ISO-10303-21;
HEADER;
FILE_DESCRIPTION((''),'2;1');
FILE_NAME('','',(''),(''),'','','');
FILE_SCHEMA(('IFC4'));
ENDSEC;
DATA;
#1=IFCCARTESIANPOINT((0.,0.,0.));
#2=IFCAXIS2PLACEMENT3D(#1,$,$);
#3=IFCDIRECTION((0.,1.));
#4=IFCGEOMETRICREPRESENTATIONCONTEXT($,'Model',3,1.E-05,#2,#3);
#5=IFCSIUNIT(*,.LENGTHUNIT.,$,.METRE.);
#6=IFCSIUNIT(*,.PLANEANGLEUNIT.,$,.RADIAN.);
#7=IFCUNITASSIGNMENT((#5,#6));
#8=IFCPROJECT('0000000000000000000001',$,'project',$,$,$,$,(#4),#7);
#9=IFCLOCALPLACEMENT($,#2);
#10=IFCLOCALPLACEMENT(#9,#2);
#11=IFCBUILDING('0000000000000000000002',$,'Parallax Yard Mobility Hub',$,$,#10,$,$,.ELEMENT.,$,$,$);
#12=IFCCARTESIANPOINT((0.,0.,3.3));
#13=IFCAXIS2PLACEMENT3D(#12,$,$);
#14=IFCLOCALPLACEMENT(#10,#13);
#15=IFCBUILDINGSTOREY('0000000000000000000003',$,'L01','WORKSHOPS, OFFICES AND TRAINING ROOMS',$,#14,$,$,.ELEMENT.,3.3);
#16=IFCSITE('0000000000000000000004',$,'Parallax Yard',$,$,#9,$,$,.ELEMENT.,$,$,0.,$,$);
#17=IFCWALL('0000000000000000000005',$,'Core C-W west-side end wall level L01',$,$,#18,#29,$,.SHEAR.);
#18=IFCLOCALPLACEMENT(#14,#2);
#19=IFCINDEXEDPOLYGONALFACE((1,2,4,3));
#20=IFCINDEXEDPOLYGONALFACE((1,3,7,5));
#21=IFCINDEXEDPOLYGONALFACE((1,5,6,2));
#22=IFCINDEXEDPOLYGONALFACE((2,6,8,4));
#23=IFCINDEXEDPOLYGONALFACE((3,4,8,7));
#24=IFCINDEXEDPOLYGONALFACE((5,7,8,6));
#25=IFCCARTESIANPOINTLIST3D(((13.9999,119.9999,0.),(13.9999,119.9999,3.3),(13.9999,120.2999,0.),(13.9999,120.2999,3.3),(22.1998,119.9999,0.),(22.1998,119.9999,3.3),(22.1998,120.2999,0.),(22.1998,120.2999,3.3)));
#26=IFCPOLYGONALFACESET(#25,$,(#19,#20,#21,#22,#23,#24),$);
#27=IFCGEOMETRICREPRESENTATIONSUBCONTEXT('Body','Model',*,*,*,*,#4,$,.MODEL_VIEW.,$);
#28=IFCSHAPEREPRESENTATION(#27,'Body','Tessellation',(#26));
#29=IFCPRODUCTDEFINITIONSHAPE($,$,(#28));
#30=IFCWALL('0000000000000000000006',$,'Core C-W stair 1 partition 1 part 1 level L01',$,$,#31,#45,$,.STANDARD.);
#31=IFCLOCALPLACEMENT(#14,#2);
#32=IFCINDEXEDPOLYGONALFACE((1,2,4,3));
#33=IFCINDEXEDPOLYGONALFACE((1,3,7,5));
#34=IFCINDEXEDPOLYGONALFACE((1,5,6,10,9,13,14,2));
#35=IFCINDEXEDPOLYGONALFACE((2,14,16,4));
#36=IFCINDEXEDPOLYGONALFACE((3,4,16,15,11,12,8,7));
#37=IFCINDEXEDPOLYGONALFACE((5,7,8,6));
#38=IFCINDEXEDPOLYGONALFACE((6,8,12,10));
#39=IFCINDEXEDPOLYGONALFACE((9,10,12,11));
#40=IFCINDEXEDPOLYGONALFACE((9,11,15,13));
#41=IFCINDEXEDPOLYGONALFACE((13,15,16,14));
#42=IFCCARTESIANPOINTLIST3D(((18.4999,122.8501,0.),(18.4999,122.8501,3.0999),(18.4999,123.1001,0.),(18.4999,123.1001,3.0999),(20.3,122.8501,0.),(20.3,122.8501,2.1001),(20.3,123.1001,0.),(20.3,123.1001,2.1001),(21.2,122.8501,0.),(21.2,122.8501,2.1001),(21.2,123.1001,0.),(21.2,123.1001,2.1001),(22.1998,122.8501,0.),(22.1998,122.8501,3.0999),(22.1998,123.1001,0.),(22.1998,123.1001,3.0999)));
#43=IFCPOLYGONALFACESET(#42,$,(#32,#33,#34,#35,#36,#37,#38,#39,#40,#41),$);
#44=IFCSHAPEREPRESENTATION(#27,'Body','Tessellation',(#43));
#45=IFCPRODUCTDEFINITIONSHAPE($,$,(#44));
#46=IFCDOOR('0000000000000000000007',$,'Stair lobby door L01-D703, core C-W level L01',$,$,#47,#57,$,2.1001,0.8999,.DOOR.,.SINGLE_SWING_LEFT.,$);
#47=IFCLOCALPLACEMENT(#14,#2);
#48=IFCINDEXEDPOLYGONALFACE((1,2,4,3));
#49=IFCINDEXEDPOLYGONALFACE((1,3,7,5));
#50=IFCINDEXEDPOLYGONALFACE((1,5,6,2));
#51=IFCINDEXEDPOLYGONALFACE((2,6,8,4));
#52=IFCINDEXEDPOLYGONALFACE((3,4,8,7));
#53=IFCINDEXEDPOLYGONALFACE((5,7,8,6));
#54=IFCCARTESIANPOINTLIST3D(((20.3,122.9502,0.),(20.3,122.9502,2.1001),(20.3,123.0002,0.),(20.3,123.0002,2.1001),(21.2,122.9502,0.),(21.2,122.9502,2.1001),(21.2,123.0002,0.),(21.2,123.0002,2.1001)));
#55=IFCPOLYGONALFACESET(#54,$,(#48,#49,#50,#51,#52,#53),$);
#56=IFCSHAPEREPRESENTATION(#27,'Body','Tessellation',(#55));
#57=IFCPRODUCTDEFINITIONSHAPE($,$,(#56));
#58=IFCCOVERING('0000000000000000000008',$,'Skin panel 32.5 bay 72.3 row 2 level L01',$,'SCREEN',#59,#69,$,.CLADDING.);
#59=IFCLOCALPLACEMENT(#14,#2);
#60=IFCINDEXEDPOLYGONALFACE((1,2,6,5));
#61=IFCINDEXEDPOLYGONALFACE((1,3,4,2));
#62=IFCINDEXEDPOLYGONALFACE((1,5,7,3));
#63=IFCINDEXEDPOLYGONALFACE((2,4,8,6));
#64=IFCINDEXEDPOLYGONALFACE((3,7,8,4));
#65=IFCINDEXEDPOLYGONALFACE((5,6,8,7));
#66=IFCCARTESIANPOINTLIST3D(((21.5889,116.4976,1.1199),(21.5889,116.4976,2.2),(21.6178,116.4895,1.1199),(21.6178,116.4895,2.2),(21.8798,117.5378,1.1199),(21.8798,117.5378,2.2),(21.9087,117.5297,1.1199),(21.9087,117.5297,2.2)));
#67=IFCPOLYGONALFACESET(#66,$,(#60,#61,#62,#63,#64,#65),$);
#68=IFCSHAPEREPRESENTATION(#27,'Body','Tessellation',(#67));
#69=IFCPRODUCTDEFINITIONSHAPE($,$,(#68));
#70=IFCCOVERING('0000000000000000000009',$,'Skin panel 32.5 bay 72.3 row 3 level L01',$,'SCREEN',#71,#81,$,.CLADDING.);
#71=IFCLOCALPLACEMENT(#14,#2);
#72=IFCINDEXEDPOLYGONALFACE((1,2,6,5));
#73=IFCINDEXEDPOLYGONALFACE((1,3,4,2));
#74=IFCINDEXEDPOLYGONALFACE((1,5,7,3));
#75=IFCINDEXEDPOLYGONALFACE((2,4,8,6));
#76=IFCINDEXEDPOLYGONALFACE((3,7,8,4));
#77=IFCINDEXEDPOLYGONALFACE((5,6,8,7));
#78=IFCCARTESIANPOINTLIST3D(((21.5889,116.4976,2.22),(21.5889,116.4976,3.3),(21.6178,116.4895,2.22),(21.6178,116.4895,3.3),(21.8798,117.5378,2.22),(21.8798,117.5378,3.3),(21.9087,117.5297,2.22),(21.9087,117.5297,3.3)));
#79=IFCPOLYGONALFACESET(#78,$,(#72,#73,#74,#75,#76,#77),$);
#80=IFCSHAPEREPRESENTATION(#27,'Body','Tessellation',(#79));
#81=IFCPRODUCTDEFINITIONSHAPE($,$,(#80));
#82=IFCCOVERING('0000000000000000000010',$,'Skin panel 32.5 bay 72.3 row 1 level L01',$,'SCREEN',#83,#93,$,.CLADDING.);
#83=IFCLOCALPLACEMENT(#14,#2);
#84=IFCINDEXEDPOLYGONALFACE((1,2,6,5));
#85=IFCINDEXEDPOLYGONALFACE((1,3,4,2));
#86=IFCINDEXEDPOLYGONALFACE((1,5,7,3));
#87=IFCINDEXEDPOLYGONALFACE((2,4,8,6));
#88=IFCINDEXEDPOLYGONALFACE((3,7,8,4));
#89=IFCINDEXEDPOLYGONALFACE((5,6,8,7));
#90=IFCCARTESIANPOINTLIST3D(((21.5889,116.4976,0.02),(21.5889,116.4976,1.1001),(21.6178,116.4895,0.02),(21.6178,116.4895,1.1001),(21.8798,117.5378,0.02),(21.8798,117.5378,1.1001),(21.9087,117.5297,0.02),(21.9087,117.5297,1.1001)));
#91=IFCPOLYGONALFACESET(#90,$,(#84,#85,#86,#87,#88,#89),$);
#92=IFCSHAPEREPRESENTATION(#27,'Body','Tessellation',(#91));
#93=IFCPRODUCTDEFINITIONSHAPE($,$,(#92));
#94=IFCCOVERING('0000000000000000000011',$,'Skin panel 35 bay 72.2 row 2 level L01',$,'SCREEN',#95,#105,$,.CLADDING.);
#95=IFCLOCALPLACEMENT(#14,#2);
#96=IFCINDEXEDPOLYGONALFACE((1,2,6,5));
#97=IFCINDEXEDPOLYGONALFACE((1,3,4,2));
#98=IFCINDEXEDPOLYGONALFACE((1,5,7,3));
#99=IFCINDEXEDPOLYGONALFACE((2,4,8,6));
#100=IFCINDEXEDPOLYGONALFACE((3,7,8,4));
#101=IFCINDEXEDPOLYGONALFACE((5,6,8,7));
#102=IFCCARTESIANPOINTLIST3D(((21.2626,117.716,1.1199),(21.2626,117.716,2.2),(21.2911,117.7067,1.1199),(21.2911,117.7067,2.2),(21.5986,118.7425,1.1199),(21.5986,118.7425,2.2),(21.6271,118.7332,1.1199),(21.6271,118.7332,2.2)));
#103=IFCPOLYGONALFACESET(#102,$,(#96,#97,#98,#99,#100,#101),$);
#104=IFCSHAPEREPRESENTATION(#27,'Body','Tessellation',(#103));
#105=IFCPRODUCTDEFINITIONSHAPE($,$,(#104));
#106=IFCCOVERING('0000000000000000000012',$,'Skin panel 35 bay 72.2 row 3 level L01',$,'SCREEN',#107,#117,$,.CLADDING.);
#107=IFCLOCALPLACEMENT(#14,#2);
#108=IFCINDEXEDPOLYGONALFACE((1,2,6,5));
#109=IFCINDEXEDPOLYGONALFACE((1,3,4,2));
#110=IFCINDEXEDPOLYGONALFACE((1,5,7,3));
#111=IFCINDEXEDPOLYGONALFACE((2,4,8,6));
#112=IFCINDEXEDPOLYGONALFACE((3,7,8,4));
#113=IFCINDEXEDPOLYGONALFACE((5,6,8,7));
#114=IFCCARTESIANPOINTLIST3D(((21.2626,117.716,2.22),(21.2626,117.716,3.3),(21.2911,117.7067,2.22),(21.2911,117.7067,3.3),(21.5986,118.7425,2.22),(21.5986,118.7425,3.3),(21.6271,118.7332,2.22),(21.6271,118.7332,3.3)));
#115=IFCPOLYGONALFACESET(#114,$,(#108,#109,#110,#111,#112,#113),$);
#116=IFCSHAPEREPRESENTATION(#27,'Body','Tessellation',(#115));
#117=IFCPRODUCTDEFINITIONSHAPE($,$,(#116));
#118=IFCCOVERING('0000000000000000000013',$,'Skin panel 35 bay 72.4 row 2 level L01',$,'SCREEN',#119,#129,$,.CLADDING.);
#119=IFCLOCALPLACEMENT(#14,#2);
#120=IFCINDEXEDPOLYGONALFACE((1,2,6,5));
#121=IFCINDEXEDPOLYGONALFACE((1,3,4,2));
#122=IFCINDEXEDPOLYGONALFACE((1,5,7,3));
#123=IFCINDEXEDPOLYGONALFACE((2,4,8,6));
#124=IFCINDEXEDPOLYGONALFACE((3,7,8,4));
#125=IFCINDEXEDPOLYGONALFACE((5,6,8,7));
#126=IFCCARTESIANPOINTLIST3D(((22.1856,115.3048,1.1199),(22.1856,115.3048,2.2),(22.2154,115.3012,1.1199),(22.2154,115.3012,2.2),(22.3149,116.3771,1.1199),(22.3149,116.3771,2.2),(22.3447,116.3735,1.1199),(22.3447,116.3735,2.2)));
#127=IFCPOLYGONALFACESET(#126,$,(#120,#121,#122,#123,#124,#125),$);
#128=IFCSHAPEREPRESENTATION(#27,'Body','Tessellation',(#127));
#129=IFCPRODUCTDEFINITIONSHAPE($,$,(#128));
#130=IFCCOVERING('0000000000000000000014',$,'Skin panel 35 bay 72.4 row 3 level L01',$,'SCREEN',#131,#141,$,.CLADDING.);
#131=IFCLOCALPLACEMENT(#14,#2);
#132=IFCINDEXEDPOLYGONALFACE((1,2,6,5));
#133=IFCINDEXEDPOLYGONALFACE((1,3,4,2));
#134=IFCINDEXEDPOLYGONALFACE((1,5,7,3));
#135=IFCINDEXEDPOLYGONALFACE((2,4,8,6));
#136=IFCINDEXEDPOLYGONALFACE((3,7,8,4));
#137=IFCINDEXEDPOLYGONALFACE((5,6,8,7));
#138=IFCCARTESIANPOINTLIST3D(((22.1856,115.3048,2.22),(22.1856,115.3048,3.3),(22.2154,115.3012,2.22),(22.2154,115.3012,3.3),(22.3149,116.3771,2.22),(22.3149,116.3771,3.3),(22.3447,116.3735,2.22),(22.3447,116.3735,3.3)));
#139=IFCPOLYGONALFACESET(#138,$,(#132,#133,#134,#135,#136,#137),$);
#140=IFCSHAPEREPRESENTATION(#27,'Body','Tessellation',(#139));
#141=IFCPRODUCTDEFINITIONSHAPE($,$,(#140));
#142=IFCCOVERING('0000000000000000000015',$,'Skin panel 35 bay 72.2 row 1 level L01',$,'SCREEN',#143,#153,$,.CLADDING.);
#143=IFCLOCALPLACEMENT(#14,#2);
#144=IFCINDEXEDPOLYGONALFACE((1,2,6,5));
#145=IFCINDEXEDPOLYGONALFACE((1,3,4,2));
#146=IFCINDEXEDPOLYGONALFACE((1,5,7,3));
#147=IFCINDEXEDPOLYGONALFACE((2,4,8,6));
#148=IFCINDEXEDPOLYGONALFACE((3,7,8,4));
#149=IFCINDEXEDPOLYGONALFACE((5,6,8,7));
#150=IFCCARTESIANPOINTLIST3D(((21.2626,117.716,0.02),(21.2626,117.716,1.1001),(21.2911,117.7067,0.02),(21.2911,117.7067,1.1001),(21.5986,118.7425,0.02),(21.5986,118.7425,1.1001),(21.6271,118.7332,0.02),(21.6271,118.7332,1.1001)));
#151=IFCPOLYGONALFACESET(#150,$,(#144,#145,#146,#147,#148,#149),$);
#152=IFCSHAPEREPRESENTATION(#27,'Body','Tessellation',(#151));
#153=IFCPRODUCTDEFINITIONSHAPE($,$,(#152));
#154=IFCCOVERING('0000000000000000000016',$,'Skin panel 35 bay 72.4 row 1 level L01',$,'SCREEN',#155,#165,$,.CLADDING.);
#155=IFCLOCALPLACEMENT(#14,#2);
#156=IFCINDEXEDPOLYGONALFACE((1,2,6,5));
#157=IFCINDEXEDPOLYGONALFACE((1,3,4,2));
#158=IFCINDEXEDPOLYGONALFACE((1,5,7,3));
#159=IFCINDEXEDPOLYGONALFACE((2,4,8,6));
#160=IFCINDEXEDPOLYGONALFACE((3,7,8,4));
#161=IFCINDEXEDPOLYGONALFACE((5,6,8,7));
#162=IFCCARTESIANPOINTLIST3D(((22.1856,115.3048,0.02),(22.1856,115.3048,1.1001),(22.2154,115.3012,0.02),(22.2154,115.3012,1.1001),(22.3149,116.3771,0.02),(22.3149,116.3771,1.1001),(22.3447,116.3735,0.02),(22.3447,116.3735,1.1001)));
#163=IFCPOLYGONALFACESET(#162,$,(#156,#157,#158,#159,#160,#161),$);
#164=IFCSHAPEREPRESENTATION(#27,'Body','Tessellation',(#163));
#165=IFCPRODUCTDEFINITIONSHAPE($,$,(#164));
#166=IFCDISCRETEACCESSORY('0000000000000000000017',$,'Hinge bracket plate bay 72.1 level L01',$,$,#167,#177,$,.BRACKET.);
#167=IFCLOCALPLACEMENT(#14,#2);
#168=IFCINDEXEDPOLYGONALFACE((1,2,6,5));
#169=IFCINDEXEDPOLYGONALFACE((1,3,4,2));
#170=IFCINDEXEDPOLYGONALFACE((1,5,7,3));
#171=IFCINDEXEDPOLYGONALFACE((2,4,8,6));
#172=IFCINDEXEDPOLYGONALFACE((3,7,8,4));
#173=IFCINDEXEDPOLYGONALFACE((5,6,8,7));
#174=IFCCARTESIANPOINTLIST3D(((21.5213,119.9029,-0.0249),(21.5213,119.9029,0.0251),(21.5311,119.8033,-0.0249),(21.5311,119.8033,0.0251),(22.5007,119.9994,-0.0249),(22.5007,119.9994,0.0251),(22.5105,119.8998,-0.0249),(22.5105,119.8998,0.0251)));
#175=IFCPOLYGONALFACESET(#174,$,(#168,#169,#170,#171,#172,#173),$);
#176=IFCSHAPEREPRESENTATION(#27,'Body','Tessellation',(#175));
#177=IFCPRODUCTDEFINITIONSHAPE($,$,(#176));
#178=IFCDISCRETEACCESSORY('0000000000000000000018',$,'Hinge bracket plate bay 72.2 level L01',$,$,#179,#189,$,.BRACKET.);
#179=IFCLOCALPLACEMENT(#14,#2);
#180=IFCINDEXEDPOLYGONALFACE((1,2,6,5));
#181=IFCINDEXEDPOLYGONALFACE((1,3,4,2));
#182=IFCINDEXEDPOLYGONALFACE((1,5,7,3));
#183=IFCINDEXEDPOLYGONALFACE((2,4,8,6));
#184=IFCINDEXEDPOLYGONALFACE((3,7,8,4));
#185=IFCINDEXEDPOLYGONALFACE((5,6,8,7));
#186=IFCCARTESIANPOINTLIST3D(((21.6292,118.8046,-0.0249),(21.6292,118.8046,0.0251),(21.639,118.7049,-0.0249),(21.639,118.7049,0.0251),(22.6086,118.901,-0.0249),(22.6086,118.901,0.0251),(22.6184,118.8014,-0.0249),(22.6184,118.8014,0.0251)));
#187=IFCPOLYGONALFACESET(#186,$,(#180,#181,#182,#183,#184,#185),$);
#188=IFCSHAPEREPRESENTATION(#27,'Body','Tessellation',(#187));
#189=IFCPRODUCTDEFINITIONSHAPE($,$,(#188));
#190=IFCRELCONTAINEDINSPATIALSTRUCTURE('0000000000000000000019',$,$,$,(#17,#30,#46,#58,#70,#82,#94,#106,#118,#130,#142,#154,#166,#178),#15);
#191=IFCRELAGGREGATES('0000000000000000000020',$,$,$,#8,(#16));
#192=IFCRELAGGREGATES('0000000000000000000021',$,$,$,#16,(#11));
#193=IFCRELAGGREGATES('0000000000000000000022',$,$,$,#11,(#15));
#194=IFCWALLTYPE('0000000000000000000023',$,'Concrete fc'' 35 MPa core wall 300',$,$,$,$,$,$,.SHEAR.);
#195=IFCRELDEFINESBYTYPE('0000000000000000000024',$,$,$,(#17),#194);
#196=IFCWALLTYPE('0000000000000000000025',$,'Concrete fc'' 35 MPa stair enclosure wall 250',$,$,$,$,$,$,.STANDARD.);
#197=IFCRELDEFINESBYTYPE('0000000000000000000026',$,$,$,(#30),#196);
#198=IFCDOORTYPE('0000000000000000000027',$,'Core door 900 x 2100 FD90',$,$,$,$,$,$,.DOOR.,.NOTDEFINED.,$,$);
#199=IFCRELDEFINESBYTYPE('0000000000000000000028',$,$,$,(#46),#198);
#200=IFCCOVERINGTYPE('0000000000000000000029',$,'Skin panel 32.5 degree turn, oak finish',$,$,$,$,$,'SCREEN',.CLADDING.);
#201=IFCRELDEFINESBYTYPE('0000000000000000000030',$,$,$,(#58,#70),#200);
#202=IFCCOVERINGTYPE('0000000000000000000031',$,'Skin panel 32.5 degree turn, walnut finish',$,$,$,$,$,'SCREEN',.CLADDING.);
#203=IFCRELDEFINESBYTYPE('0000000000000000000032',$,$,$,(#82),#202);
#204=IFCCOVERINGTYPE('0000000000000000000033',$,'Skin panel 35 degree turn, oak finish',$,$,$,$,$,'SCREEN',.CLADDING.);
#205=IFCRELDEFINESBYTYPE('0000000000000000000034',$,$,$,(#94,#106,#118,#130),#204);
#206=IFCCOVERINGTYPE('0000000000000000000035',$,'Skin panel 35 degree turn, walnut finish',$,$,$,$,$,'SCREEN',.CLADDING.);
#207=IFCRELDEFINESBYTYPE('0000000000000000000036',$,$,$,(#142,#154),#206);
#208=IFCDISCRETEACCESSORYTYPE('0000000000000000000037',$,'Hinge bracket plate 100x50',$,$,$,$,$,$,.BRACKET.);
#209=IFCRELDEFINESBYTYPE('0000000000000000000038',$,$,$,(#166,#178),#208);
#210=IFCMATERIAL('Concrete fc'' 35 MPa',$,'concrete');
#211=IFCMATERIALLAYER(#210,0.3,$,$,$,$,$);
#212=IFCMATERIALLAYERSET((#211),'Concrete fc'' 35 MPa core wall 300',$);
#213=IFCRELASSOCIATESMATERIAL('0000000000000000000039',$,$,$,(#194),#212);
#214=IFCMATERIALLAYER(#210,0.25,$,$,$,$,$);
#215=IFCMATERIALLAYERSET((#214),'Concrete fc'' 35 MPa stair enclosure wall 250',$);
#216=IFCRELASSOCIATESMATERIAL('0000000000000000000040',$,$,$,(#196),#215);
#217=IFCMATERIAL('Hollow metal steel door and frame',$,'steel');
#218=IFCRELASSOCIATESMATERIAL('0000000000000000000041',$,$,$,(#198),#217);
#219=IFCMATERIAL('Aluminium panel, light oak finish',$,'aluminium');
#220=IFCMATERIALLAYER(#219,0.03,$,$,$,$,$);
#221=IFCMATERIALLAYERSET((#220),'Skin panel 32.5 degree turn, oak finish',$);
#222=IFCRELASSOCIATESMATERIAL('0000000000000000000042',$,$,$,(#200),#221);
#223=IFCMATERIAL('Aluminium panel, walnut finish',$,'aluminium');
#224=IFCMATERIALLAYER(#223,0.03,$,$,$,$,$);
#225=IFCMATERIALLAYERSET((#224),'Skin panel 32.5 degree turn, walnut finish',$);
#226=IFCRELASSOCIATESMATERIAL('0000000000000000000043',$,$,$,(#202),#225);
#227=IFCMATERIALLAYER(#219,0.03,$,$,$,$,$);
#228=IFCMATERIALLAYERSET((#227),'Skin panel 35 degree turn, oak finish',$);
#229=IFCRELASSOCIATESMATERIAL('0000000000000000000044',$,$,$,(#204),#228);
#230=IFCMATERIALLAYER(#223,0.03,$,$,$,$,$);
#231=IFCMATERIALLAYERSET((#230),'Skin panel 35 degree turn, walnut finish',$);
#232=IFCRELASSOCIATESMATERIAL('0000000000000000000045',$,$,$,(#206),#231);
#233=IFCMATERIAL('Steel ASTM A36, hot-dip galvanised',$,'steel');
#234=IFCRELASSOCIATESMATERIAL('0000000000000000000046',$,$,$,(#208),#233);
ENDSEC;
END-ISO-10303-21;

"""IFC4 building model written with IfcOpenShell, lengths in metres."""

from ifc_helpers import new_model, si_unit, direction, frame, frame_2d, origin, origin_2d, place, context, subcontext, project, spatial, rectangle, extrude, material, layer, layer_set, type_object, element, fill, save


model = new_model("IFC4")

# Units and contexts
model_context = context("Model", 3, precision=1e-05, world=origin(), true_north=direction((0.0, 1.0)))
body_context = subcontext(model_context, "Body", "Model", "MODEL_VIEW")
ifc_project = project(units=[si_unit("LENGTHUNIT", "METRE"), si_unit("PLANEANGLEUNIT", "RADIAN")], contexts=[model_context])

# Site, building, storey
site_placement = place(None, origin())
site = spatial("IfcSite", under=ifc_project, at=site_placement, Name="Parallax Yard", CompositionType="ELEMENT", RefElevation=0.0)
building_placement = place(site_placement, origin())
building = spatial("IfcBuilding", under=site, at=building_placement, Name="Parallax Yard Mobility Hub", CompositionType="ELEMENT")
storey_placement = place(building_placement, frame((0.0, 0.0, 3.3)))
storey = spatial("IfcBuildingStorey", under=building, at=storey_placement, Name="L01", Description="WORKSHOPS, OFFICES AND TRAINING ROOMS", CompositionType="ELEMENT", Elevation=3.3)

# Wall
ifc_material_1 = material(Name="Concrete fc' 35 MPa", Category="concrete")
ifc_layer_1 = layer(ifc_material_1, 0.3)
ifc_layer_set_1 = layer_set([ifc_layer_1], Name="Concrete fc' 35 MPa core wall 300")
wall_type_1 = type_object("IfcWallType", Name="Concrete fc' 35 MPa core wall 300", PredefinedType="SHEAR", material=ifc_layer_set_1)
wall_1_placement = place(storey_placement, frame((22.2, 120.1499, 0.0), z_axis=(0.0, 0.0, 1.0), x_axis=(-1.0, 0.0, 0.0)))
element("IfcWall", 1, at=wall_1_placement, inside=storey, type_object=wall_type_1, Name="Core C-W west-side end wall level L01", PredefinedType="SHEAR", context=body_context, shape_type="SweptSolid", body=[
    extrude(rectangle(XDim=8.2, YDim=0.3, at=frame_2d((4.1001, 0.0))), origin(), (0.0, 0.0, 1.0), 3.3),
])

# Wall, opening, door
ifc_layer_2 = layer(ifc_material_1, 0.25)
ifc_layer_set_2 = layer_set([ifc_layer_2], Name="Concrete fc' 35 MPa stair enclosure wall 250")
wall_type_2 = type_object("IfcWallType", Name="Concrete fc' 35 MPa stair enclosure wall 250", PredefinedType="STANDARD", material=ifc_layer_set_2)
wall_2_placement = place(storey_placement, frame((22.2, 122.9751, 0.0), z_axis=(0.0, 0.0, 1.0), x_axis=(-1.0, 0.0, 0.0)))
wall_2 = element("IfcWall", 2, at=wall_2_placement, inside=storey, type_object=wall_type_2, Name="Core C-W stair 1 partition 1 part 1 level L01", PredefinedType="STANDARD", context=body_context, shape_type="SweptSolid", body=[
    extrude(rectangle(XDim=3.7, YDim=0.25, at=frame_2d((1.8501, 0.0))), origin(), (0.0, 0.0, 1.0), 3.0999),
])
opening_placement = place(wall_2_placement, frame((1.0, 0.0, 0.0)))
opening = element("IfcOpeningElement", 3, at=opening_placement, cuts=wall_2, PredefinedType="OPENING", context=body_context, shape_type="SweptSolid", body=[
    extrude(rectangle(XDim=0.8999, YDim=2.1001, at=frame_2d((0.45, 1.05))), frame((0.0, 0.135, 0.0), z_axis=(0.0, -1.0, 0.0), x_axis=(1.0, 0.0, 0.0)), (0.0, 0.0, 1.0), 0.27),
])
ifc_material_2 = material(Name="Hollow metal steel door and frame", Category="steel")
door_type = type_object("IfcDoorType", Name="Core door 900 x 2100 FD90", OperationType="NOTDEFINED", PredefinedType="DOOR", material=ifc_material_2)
door_placement = place(opening_placement, origin())
door = element("IfcDoor", 4, at=door_placement, inside=storey, type_object=door_type, Name="Stair lobby door L01-D703, core C-W level L01", OperationType="SINGLE_SWING_LEFT", OverallHeight=2.1001, OverallWidth=0.8999, PredefinedType="DOOR", context=body_context, shape_type="SweptSolid", body=[
    extrude(rectangle(XDim=0.8999, YDim=2.1001, at=frame_2d((0.45, 1.05))), frame((0.0, 0.0249, 0.0), z_axis=(0.0, -1.0, 0.0), x_axis=(1.0, 0.0, 0.0)), (0.0, 0.0, 1.0), 0.05),
])
fill(opening, door)

# Coverings
ifc_material_3 = material(Name="Aluminium panel, light oak finish", Category="aluminium")
ifc_layer_3 = layer(ifc_material_3, 0.03)
ifc_layer_set_3 = layer_set([ifc_layer_3], Name="Skin panel 32.5 degree turn, oak finish")
covering_type_1 = type_object("IfcCoveringType", Name="Skin panel 32.5 degree turn, oak finish", ElementType="SCREEN", PredefinedType="CLADDING", material=ifc_layer_set_3)
for number, where, z_axis, x_axis, name in (
    (5, (21.7488, 117.0137, 1.1199), (0.0, 0.0, 1.0), (-0.26934, -0.963045, 0.0), "Skin panel 32.5 bay 72.3 row 2 level L01"),
    (6, (21.7488, 117.0137, 2.22), (0.0, 0.0, 1.0), (-0.26934, -0.963045, 0.0), "Skin panel 32.5 bay 72.3 row 3 level L01"),
):
    element("IfcCovering", number, at=place(storey_placement, frame(where, z_axis=z_axis, x_axis=x_axis)), inside=storey, type_object=covering_type_1, Name=name, ObjectType="SCREEN", PredefinedType="CLADDING", context=body_context, shape_type="SweptSolid", body=[
        extrude(rectangle(XDim=1.0801, YDim=0.03, at=origin_2d()), origin(), (0.0, 0.0, 1.0), 1.0801),
    ])
ifc_material_4 = material(Name="Aluminium panel, walnut finish", Category="aluminium")
ifc_layer_4 = layer(ifc_material_4, 0.03)
ifc_layer_set_4 = layer_set([ifc_layer_4], Name="Skin panel 32.5 degree turn, walnut finish")
covering_type_2 = type_object("IfcCoveringType", Name="Skin panel 32.5 degree turn, walnut finish", ElementType="SCREEN", PredefinedType="CLADDING", material=ifc_layer_set_4)
covering_placement = place(storey_placement, frame((21.7488, 117.0137, 0.02), z_axis=(0.0, 0.0, 1.0), x_axis=(-0.26934, -0.963045, 0.0)))
element("IfcCovering", 7, at=covering_placement, inside=storey, type_object=covering_type_2, Name="Skin panel 32.5 bay 72.3 row 1 level L01", ObjectType="SCREEN", PredefinedType="CLADDING", context=body_context, shape_type="SweptSolid", body=[
    extrude(rectangle(XDim=1.0801, YDim=0.03, at=origin_2d()), origin(), (0.0, 0.0, 1.0), 1.0801),
])
ifc_layer_5 = layer(ifc_material_3, 0.03)
ifc_layer_set_5 = layer_set([ifc_layer_5], Name="Skin panel 35 degree turn, oak finish")
covering_type_3 = type_object("IfcCoveringType", Name="Skin panel 35 degree turn, oak finish", ElementType="SCREEN", PredefinedType="CLADDING", material=ifc_layer_set_5)
for number, where, z_axis, x_axis, name in (
    (8, (21.4448, 118.2246, 1.1199), (0.0, 0.0, 1.0), (-0.311091, -0.95038, 0.0), "Skin panel 35 bay 72.2 row 2 level L01"),
    (9, (21.4448, 118.2246, 2.22), (0.0, 0.0, 1.0), (-0.311091, -0.95038, 0.0), "Skin panel 35 bay 72.2 row 3 level L01"),
    (10, (22.2651, 115.8391, 1.1199), (0.0, 0.0, 1.0), (-0.119704, -0.99281, 0.0), "Skin panel 35 bay 72.4 row 2 level L01"),
    (11, (22.2651, 115.8391, 2.22), (0.0, 0.0, 1.0), (-0.119704, -0.99281, 0.0), "Skin panel 35 bay 72.4 row 3 level L01"),
):
    element("IfcCovering", number, at=place(storey_placement, frame(where, z_axis=z_axis, x_axis=x_axis)), inside=storey, type_object=covering_type_3, Name=name, ObjectType="SCREEN", PredefinedType="CLADDING", context=body_context, shape_type="SweptSolid", body=[
        extrude(rectangle(XDim=1.0801, YDim=0.03, at=origin_2d()), origin(), (0.0, 0.0, 1.0), 1.0801),
    ])
ifc_layer_6 = layer(ifc_material_4, 0.03)
ifc_layer_set_6 = layer_set([ifc_layer_6], Name="Skin panel 35 degree turn, walnut finish")
covering_type_4 = type_object("IfcCoveringType", Name="Skin panel 35 degree turn, walnut finish", ElementType="SCREEN", PredefinedType="CLADDING", material=ifc_layer_set_6)
for number, where, z_axis, x_axis, name in (
    (12, (21.4448, 118.2246, 0.02), (0.0, 0.0, 1.0), (-0.311091, -0.95038, 0.0), "Skin panel 35 bay 72.2 row 1 level L01"),
    (13, (22.2651, 115.8391, 0.02), (0.0, 0.0, 1.0), (-0.119704, -0.99281, 0.0), "Skin panel 35 bay 72.4 row 1 level L01"),
):
    element("IfcCovering", number, at=place(storey_placement, frame(where, z_axis=z_axis, x_axis=x_axis)), inside=storey, type_object=covering_type_4, Name=name, ObjectType="SCREEN", PredefinedType="CLADDING", context=body_context, shape_type="SweptSolid", body=[
        extrude(rectangle(XDim=1.0801, YDim=0.03, at=origin_2d()), origin(), (0.0, 0.0, 1.0), 1.0801),
    ])

# Discrete accessories
ifc_material_5 = material(Name="Steel ASTM A36, hot-dip galvanised", Category="steel")
discrete_accessory_type_1 = type_object("IfcDiscreteAccessoryType", Name="Hinge bracket plate 100x50", PredefinedType="BRACKET", material=ifc_material_5)
for number, where, z_axis, x_axis, name in (
    (14, (22.0159, 119.9014, -0.0249), (0.0, 0.0, 1.0), (-0.995185, -0.098017, 0.0), "Hinge bracket plate bay 72.1 level L01"),
    (15, (22.1238, 118.803, -0.0249), (0.0, 0.0, 1.0), (-0.995185, -0.098017, 0.0), "Hinge bracket plate bay 72.2 level L01"),
):
    element("IfcDiscreteAccessory", number, at=place(storey_placement, frame(where, z_axis=z_axis, x_axis=x_axis)), inside=storey, type_object=discrete_accessory_type_1, Name=name, PredefinedType="BRACKET", context=body_context, shape_type="SweptSolid", body=[
        extrude(rectangle(XDim=0.9841, YDim=0.1001, at=origin_2d()), origin(), (0.0, 0.0, 1.0), 0.05),
    ])

save(model, "model.ifc")
